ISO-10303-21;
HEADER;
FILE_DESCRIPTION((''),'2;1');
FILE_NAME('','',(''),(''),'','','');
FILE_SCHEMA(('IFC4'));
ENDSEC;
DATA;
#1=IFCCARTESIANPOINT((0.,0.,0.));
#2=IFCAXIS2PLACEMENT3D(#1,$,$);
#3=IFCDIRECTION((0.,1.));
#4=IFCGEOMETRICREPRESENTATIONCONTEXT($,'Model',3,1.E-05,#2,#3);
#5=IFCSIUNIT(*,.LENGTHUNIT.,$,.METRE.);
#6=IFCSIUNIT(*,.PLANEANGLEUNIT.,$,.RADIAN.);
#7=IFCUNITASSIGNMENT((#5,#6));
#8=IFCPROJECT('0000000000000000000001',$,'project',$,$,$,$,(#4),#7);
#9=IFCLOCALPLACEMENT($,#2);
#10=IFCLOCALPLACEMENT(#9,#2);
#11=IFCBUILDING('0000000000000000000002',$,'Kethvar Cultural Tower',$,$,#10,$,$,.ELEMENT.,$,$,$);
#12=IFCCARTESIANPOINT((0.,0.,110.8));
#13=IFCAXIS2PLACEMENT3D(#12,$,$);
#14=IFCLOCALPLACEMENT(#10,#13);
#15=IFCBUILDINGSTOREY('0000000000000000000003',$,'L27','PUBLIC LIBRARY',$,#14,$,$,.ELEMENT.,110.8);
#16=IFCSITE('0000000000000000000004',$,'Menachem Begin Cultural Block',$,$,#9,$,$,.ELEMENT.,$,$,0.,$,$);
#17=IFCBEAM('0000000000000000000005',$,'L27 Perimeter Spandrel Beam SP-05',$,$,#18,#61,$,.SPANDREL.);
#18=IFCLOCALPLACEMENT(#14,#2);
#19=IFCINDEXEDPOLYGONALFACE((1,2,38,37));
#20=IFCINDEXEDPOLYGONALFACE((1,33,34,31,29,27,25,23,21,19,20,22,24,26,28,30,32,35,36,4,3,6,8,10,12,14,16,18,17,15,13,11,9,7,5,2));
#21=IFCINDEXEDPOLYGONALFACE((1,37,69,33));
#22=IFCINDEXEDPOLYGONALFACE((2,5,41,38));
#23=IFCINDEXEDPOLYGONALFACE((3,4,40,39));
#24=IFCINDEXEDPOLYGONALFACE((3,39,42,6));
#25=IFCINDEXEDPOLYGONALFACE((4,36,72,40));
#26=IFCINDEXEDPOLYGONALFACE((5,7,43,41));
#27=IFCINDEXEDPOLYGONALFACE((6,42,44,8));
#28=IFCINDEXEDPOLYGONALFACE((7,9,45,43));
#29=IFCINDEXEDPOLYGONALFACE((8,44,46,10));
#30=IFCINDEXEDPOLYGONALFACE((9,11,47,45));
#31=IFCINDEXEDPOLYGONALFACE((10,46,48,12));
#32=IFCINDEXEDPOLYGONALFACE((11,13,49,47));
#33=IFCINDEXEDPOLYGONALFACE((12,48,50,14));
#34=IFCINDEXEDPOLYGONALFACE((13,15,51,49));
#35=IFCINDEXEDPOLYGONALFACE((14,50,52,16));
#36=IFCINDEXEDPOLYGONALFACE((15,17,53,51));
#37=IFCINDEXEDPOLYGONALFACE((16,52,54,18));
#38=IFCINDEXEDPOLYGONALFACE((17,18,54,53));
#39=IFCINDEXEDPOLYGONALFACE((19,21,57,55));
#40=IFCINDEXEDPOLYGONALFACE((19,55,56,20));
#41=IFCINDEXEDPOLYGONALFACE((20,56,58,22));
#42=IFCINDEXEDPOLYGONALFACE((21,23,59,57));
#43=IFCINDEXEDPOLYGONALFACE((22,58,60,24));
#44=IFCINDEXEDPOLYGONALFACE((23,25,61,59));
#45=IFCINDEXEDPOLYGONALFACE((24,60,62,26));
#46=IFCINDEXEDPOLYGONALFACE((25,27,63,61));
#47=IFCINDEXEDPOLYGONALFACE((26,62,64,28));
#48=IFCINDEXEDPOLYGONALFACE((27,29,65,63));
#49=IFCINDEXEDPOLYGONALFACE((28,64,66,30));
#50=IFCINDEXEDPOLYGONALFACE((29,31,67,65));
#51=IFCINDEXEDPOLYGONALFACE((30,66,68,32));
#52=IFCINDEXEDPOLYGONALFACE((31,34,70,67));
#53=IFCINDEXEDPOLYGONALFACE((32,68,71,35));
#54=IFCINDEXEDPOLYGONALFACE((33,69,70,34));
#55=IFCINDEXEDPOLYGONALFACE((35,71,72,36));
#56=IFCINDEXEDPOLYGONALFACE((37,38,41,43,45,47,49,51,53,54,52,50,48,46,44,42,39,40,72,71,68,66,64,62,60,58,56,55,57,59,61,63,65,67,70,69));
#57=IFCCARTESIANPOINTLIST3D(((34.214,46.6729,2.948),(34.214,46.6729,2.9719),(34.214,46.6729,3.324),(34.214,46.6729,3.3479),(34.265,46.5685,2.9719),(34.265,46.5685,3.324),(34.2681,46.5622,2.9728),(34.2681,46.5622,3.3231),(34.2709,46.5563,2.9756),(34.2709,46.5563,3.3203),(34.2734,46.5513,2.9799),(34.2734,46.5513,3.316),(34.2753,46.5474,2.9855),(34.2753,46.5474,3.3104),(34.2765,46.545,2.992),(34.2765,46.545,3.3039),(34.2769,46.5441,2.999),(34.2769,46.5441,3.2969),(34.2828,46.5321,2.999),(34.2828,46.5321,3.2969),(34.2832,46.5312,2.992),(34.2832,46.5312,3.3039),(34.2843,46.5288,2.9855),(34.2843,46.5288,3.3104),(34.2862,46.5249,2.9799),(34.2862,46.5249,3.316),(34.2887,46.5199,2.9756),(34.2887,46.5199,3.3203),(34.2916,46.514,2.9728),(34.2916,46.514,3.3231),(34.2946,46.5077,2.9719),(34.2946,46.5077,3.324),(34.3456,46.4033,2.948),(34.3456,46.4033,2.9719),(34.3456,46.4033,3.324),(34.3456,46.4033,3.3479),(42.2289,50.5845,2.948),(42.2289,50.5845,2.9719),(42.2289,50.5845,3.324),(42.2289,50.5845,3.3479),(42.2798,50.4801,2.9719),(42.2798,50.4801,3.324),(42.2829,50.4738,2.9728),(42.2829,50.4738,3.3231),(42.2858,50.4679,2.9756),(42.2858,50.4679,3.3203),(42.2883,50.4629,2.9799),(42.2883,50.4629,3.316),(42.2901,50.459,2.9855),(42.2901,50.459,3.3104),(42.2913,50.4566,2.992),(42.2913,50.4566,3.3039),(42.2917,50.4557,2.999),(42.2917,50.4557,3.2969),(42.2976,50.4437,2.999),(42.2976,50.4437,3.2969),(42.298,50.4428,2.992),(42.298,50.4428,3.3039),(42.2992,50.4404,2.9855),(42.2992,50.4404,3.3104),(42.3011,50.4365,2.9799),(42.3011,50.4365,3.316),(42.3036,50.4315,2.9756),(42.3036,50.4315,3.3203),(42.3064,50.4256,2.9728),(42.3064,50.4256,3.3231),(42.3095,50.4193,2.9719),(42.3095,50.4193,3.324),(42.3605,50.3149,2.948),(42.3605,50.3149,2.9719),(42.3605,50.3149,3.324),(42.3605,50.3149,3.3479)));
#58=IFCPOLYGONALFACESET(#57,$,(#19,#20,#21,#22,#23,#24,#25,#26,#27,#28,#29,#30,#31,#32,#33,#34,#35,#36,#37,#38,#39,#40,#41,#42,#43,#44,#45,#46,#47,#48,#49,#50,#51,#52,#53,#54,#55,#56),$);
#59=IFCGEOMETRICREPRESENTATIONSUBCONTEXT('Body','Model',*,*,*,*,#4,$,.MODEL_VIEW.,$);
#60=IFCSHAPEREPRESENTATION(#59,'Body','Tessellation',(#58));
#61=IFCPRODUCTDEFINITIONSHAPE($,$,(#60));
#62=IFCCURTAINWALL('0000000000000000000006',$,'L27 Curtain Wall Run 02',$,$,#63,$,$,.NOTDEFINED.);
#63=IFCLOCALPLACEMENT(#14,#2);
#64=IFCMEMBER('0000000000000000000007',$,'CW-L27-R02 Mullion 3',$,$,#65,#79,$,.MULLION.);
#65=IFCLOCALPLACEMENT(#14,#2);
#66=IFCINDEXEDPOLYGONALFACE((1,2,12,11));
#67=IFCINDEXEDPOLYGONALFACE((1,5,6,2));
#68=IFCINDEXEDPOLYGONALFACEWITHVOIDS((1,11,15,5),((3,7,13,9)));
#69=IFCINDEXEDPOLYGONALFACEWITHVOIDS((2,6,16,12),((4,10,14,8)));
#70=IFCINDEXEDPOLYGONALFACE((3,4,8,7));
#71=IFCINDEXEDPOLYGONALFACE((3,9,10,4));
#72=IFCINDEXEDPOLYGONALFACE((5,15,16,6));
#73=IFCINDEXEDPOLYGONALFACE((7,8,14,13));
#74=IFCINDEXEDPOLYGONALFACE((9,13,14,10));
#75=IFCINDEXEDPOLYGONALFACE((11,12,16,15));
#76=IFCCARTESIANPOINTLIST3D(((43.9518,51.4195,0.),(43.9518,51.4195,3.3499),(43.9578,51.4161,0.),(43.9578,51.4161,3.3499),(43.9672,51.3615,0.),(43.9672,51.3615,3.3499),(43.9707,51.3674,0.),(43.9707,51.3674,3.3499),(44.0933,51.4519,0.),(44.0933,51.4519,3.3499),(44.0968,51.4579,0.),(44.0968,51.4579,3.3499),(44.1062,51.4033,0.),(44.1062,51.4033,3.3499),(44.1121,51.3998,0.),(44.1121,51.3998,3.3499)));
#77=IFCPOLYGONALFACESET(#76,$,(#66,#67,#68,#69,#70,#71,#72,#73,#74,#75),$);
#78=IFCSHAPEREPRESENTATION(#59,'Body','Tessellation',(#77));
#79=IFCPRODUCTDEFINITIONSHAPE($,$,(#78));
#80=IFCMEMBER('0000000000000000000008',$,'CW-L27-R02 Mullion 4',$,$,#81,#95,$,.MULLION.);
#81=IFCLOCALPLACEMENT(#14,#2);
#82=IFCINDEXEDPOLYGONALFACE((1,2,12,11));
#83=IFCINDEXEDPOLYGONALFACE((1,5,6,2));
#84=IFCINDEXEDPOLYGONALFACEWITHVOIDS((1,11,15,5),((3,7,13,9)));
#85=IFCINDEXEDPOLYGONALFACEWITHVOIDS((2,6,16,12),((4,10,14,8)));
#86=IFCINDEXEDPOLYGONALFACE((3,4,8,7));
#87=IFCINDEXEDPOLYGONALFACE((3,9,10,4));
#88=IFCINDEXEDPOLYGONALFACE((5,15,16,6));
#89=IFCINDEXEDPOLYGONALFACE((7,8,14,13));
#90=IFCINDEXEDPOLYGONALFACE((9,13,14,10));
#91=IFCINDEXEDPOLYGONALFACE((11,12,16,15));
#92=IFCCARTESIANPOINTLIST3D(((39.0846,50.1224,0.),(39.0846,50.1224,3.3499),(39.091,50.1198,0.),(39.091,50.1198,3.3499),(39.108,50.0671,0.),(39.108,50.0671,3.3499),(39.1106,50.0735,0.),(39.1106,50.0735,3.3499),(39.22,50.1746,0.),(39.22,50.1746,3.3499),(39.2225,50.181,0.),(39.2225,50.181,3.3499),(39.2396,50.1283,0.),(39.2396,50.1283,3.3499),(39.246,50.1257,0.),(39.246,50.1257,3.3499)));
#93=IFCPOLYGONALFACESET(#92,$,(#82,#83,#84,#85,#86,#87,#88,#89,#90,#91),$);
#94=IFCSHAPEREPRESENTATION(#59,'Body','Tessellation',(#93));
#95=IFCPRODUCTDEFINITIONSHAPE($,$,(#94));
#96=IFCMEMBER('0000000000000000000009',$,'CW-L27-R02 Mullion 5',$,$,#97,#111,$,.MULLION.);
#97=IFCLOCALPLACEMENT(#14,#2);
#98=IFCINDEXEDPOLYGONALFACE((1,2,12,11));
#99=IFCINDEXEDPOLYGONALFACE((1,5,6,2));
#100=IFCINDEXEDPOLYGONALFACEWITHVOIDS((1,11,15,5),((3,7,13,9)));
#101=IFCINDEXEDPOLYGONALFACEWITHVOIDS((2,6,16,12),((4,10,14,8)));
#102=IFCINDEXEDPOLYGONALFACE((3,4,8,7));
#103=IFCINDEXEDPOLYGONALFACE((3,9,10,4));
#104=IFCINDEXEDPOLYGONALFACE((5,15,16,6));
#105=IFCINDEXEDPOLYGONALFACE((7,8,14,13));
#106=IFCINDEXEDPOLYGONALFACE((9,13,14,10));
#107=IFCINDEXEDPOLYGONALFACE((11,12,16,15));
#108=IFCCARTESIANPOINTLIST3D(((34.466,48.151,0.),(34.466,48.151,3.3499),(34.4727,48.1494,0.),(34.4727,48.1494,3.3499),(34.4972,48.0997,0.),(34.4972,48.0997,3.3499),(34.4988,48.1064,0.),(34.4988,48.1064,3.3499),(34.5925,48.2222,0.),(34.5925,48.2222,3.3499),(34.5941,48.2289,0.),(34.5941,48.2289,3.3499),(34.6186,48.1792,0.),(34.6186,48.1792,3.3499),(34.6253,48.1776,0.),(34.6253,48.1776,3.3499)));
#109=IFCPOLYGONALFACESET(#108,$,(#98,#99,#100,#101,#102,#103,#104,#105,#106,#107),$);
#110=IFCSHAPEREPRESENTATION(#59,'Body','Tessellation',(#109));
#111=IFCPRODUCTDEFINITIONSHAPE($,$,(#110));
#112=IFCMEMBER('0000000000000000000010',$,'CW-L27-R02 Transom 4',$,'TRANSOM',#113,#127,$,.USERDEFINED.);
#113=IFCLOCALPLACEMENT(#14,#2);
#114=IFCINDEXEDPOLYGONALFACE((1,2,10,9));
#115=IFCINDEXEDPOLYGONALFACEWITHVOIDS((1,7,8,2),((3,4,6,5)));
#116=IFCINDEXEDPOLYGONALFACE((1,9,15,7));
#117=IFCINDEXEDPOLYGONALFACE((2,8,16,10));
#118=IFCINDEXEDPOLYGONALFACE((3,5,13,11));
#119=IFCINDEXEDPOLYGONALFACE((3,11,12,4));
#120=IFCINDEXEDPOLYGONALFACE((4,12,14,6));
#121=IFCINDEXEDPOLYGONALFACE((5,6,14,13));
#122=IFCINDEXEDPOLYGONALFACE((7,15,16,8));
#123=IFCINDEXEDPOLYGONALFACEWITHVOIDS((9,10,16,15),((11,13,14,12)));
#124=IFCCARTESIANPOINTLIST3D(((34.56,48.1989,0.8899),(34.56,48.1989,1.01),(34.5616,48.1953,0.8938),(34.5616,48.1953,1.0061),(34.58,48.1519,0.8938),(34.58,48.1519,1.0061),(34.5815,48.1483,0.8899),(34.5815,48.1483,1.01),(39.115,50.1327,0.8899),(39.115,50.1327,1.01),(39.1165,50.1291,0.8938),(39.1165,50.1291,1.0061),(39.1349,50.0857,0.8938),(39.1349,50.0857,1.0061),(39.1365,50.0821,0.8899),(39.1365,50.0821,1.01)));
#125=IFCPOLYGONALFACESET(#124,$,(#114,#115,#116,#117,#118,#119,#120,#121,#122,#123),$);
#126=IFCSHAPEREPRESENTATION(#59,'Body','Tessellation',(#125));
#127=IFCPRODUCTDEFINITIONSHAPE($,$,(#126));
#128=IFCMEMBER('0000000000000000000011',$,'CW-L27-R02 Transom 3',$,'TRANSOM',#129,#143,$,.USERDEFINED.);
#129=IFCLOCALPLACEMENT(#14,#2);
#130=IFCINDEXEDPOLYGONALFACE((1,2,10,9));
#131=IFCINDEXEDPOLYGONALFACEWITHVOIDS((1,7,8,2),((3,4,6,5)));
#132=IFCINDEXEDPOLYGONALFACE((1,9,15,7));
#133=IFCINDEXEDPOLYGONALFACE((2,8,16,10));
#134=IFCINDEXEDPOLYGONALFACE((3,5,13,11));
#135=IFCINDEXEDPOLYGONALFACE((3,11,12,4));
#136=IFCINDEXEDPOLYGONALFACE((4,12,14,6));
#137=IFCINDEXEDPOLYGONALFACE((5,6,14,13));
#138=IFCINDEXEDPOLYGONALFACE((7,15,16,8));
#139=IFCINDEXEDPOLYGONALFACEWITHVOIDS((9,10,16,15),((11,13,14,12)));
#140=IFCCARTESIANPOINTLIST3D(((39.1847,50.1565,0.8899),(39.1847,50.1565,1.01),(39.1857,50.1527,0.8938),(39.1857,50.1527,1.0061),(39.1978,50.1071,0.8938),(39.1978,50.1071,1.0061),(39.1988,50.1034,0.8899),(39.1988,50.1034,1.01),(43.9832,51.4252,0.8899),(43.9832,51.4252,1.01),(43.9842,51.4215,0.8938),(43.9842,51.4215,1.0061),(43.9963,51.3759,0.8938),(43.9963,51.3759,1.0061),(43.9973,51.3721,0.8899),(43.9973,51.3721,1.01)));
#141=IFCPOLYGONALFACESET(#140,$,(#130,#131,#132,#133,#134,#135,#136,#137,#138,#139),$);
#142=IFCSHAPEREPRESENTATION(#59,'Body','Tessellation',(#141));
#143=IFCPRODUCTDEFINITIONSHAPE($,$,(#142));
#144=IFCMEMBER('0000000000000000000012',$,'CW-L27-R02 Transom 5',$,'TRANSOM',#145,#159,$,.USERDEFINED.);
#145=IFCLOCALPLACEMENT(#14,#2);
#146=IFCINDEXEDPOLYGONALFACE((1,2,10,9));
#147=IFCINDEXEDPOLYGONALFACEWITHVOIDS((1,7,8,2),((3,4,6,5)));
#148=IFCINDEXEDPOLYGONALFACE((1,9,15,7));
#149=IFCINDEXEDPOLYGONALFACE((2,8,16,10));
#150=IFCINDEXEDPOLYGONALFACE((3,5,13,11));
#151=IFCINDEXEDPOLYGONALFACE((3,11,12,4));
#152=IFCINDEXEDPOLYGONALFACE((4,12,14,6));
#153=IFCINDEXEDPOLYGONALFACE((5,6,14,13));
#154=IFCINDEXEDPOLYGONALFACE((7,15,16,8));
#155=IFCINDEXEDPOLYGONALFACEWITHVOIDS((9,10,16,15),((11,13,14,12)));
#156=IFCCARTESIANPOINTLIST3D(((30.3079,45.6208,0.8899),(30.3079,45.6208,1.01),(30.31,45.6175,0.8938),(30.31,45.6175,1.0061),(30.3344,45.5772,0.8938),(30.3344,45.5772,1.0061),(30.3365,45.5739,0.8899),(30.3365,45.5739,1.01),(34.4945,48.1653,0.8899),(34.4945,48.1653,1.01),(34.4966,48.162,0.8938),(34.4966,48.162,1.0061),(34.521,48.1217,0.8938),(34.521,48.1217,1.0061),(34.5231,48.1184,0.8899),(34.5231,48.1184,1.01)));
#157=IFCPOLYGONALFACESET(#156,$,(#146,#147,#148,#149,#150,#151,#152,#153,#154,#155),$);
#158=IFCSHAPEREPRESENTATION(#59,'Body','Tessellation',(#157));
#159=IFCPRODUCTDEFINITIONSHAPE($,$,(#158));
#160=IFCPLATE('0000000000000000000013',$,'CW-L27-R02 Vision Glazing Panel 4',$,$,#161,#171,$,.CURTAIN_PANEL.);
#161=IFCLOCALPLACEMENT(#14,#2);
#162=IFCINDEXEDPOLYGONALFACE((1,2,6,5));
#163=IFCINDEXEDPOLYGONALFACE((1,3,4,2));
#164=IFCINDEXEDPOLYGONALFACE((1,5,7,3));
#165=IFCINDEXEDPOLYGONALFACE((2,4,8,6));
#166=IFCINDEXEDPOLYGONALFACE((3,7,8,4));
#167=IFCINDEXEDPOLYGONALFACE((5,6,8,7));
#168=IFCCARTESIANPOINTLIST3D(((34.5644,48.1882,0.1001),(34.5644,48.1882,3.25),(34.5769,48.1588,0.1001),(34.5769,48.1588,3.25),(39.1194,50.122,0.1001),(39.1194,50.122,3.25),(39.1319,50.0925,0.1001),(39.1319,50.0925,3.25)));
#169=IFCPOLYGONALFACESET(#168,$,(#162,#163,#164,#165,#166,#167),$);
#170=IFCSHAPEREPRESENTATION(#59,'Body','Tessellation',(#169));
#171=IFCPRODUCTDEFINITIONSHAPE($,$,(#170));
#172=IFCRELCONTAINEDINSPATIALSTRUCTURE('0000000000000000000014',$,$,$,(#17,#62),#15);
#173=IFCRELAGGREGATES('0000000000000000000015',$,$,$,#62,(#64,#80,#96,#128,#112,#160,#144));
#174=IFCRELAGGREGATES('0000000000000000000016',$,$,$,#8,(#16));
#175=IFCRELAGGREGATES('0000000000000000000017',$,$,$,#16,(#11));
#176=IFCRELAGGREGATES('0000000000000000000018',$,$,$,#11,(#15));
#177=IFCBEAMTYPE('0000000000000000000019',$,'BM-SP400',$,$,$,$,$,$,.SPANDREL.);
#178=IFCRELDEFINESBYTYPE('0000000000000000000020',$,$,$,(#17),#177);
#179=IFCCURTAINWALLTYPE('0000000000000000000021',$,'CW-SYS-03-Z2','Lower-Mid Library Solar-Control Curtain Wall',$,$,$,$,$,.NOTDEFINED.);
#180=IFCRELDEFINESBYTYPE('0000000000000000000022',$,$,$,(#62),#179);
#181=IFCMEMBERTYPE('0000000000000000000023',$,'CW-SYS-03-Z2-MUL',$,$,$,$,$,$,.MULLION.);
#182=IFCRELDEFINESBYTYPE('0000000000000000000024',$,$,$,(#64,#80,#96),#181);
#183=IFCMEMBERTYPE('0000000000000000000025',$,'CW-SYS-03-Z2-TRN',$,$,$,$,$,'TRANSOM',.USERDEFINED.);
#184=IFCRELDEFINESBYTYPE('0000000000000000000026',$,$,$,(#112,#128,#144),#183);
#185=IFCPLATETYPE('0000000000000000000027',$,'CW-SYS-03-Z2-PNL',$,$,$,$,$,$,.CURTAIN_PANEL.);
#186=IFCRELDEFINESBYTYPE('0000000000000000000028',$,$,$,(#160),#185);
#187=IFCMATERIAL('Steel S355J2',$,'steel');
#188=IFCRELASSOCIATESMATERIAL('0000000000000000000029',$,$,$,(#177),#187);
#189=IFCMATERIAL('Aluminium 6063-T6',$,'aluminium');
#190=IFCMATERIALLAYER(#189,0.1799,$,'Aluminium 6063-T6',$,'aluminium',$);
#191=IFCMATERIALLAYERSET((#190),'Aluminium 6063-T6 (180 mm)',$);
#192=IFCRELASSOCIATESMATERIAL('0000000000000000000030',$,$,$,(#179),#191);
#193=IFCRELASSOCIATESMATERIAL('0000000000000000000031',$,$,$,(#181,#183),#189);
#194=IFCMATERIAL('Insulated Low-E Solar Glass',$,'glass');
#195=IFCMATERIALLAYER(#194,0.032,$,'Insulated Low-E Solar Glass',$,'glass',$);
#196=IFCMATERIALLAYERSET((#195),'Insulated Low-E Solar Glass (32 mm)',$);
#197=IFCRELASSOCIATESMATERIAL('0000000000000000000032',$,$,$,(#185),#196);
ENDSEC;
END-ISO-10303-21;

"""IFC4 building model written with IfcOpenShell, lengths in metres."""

from ifc_helpers import new_model, si_unit, direction, frame, origin, origin_2d, place, context, subcontext, project, spatial, rectangle, hollow_rectangle, i_section, extrude, source, transform, mapped, material, layer, layer_set, material_profile, profile_set, type_object, element, aggregate, save


model = new_model("IFC4")

# Units and contexts
model_context = context("Model", 3, precision=1e-05, world=origin(), true_north=direction((0.0, 1.0)))
body_context = subcontext(model_context, "Body", "Model", "MODEL_VIEW")
ifc_project = project(units=[si_unit("LENGTHUNIT", "METRE"), si_unit("PLANEANGLEUNIT", "RADIAN")], contexts=[model_context])

# Site, building, storey
site_placement = place(None, origin())
site = spatial("IfcSite", under=ifc_project, at=site_placement, Name="Menachem Begin Cultural Block", CompositionType="ELEMENT", RefElevation=0.0)
building_placement = place(site_placement, origin())
building = spatial("IfcBuilding", under=site, at=building_placement, Name="Kethvar Cultural Tower", CompositionType="ELEMENT")
storey_placement = place(building_placement, frame((0.0, 0.0, 110.8)))
storey = spatial("IfcBuildingStorey", under=building, at=storey_placement, Name="L27", Description="PUBLIC LIBRARY", CompositionType="ELEMENT", Elevation=110.8)

# Beam
ifc_material_1 = material(Name="Steel S355J2", Category="steel")
ifc_material_profile_1 = material_profile(ifc_material_1, i_section(OverallWidth=0.3, OverallDepth=0.3999, WebThickness=0.0134, FlangeThickness=0.0239, FilletRadius=0.0271, at=origin_2d()), Name="Steel S355J2 — HEB400")
ifc_profile_set_1 = profile_set([ifc_material_profile_1], Name="Steel S355J2 — HEB400")
beam_type_1 = type_object("IfcBeamType", Name="BM-SP400", PredefinedType="SPANDREL", material=ifc_profile_set_1)
shared_shape_1 = source(origin(), body_context, "Body", "SweptSolid", [
    extrude(i_section(OverallWidth=0.3, OverallDepth=0.3999, WebThickness=0.0134, FlangeThickness=0.0239, FilletRadius=0.0271, at=origin_2d()), origin(), (0.0, 0.0, 1.0), 8.9185),
])
beam_1_placement = place(storey_placement, frame((42.2947, 50.4497, 3.1479), z_axis=(-0.898684, -0.438597, 0.0), x_axis=(0.438597, -0.898684, 0.0)))
element("IfcBeam", 1, at=beam_1_placement, inside=storey, type_object=beam_type_1, Name="L27 Perimeter Spandrel Beam SP-05", PredefinedType="SPANDREL", context=body_context, shape_type="MappedRepresentation", body=[
    mapped(shared_shape_1, transform((0.0, 0.0, 0.0), scale=1.0)),
])

# Curtain wall, members, plate
ifc_material_2 = material(Name="Aluminium 6063-T6", Category="aluminium")
ifc_layer_1 = layer(ifc_material_2, 0.1799, Name="Aluminium 6063-T6", Category="aluminium")
ifc_layer_set_1 = layer_set([ifc_layer_1], Name="Aluminium 6063-T6 (180 mm)")
curtain_wall_type = type_object("IfcCurtainWallType", Name="CW-SYS-03-Z2", Description="Lower-Mid Library Solar-Control Curtain Wall", PredefinedType="NOTDEFINED", material=ifc_layer_set_1)
curtain_wall_placement = place(storey_placement, origin())
curtain_wall = element("IfcCurtainWall", 2, at=curtain_wall_placement, inside=storey, type_object=curtain_wall_type, Name="L27 Curtain Wall Run 02", PredefinedType="NOTDEFINED")
ifc_material_profile_2 = material_profile(ifc_material_2, hollow_rectangle(XDim=0.0601, YDim=0.1499, WallThickness=0.0049, at=origin_2d()), Name="Aluminium 6063-T6 — RHS150x60x5")
ifc_profile_set_2 = profile_set([ifc_material_profile_2], Name="Aluminium 6063-T6 — RHS150x60x5")
member_type_1 = type_object("IfcMemberType", Name="CW-SYS-03-Z2-MUL", PredefinedType="MULLION", material=ifc_profile_set_2)
shared_shape_2 = source(origin(), body_context, "Body", "SweptSolid", [
    extrude(hollow_rectangle(XDim=0.0601, YDim=0.1499, WallThickness=0.0049, at=origin_2d()), origin(), (0.0, 0.0, 1.0), 3.3499),
])
member_1_placement = place(storey_placement, frame((44.032, 51.4097, 0.0), z_axis=(0.0, 0.0, 1.0), x_axis=(0.255614, -0.966779, 0.0)))
member_1 = element("IfcMember", 3, at=member_1_placement, type_object=member_type_1, Name="CW-L27-R02 Mullion 3", PredefinedType="MULLION", context=body_context, shape_type="MappedRepresentation", body=[
    mapped(shared_shape_2, transform((0.0, 0.0, 0.0), scale=1.0)),
])
member_2_placement = place(storey_placement, frame((39.1653, 50.124, 0.0), z_axis=(0.0, 0.0, 1.0), x_axis=(0.390779, -0.920484, 0.0)))
member_2 = element("IfcMember", 4, at=member_2_placement, type_object=member_type_1, Name="CW-L27-R02 Mullion 4", PredefinedType="MULLION", context=body_context, shape_type="MappedRepresentation", body=[
    mapped(shared_shape_2, transform((0.0, 0.0, 0.0), scale=1.0)),
])
member_3_placement = place(storey_placement, frame((34.5457, 48.1643, 0.0), z_axis=(0.0, 0.0, 1.0), x_axis=(0.519355, -0.854559, 0.0)))
member_3 = element("IfcMember", 5, at=member_3_placement, type_object=member_type_1, Name="CW-L27-R02 Mullion 5", PredefinedType="MULLION", context=body_context, shape_type="MappedRepresentation", body=[
    mapped(shared_shape_2, transform((0.0, 0.0, 0.0), scale=1.0)),
])
ifc_material_profile_3 = material_profile(ifc_material_2, hollow_rectangle(XDim=0.0549, YDim=0.1201, WallThickness=0.0039, at=origin_2d()), Name="Aluminium 6063-T6 — RHS120x55x4")
ifc_profile_set_3 = profile_set([ifc_material_profile_3], Name="Aluminium 6063-T6 — RHS120x55x4")
member_type_2 = type_object("IfcMemberType", Name="CW-SYS-03-Z2-TRN", ElementType="TRANSOM", PredefinedType="USERDEFINED", material=ifc_profile_set_3)
shared_shape_3 = source(origin(), body_context, "Body", "SweptSolid", [
    extrude(hollow_rectangle(XDim=0.0549, YDim=0.1201, WallThickness=0.0039, at=origin_2d()), origin(), (0.0, 0.0, 1.0), 4.9485),
])
member_4_placement = place(storey_placement, frame((39.1257, 50.1074, 0.95), z_axis=(-0.920477, -0.390797, 0.0), x_axis=(0.390797, -0.920477, 0.0)))
member_4 = element("IfcMember", 6, at=member_4_placement, type_object=member_type_2, Name="CW-L27-R02 Transom 4", ObjectType="TRANSOM", PredefinedType="USERDEFINED", context=body_context, shape_type="MappedRepresentation", body=[
    mapped(shared_shape_3, transform((0.0, 0.0, 0.0), scale=1.0)),
])
shared_shape_4 = source(origin(), body_context, "Body", "SweptSolid", [
    extrude(hollow_rectangle(XDim=0.0549, YDim=0.1201, WallThickness=0.0039, at=origin_2d()), origin(), (0.0, 0.0, 1.0), 4.9634),
])
member_5_placement = place(storey_placement, frame((43.9902, 51.3987, 0.95), z_axis=(-0.966776, -0.255626, 0.0), x_axis=(0.255626, -0.966776, 0.0)))
member_5 = element("IfcMember", 7, at=member_5_placement, type_object=member_type_2, Name="CW-L27-R02 Transom 3", ObjectType="TRANSOM", PredefinedType="USERDEFINED", context=body_context, shape_type="MappedRepresentation", body=[
    mapped(shared_shape_4, transform((0.0, 0.0, 0.0), scale=1.0)),
])
shared_shape_5 = source(origin(), body_context, "Body", "SweptSolid", [
    extrude(hollow_rectangle(XDim=0.0549, YDim=0.1201, WallThickness=0.0039, at=origin_2d()), origin(), (0.0, 0.0, 1.0), 4.8992),
])
member_6_placement = place(storey_placement, frame((34.5088, 48.1418, 0.95), z_axis=(-0.854551, -0.519368, 0.0), x_axis=(0.519368, -0.854551, 0.0)))
member_6 = element("IfcMember", 8, at=member_6_placement, type_object=member_type_2, Name="CW-L27-R02 Transom 5", ObjectType="TRANSOM", PredefinedType="USERDEFINED", context=body_context, shape_type="MappedRepresentation", body=[
    mapped(shared_shape_5, transform((0.0, 0.0, 0.0), scale=1.0)),
])
ifc_material_3 = material(Name="Insulated Low-E Solar Glass", Category="glass")
ifc_layer_2 = layer(ifc_material_3, 0.032, Name="Insulated Low-E Solar Glass", Category="glass")
ifc_layer_set_2 = layer_set([ifc_layer_2], Name="Insulated Low-E Solar Glass (32 mm)")
plate_type = type_object("IfcPlateType", Name="CW-SYS-03-Z2-PNL", PredefinedType="CURTAIN_PANEL", material=ifc_layer_set_2)
shared_shape_6 = source(origin(), body_context, "Body", "SweptSolid", [
    extrude(rectangle(XDim=4.9485, YDim=0.032, at=origin_2d()), origin(), (0.0, 0.0, 1.0), 3.1499),
])
plate_1_placement = place(storey_placement, frame((36.8481, 49.1404, 0.1001), z_axis=(0.0, 0.0, 1.0), x_axis=(-0.920484, -0.390779, 0.0)))
plate_1 = element("IfcPlate", 9, at=plate_1_placement, type_object=plate_type, Name="CW-L27-R02 Vision Glazing Panel 4", PredefinedType="CURTAIN_PANEL", context=body_context, shape_type="MappedRepresentation", body=[
    mapped(shared_shape_6, transform((0.0, 0.0, 0.0), scale=1.0)),
])
aggregate(curtain_wall, [member_1, member_2, member_3, member_5, member_4, plate_1, member_6])

save(model, "model.ifc")
